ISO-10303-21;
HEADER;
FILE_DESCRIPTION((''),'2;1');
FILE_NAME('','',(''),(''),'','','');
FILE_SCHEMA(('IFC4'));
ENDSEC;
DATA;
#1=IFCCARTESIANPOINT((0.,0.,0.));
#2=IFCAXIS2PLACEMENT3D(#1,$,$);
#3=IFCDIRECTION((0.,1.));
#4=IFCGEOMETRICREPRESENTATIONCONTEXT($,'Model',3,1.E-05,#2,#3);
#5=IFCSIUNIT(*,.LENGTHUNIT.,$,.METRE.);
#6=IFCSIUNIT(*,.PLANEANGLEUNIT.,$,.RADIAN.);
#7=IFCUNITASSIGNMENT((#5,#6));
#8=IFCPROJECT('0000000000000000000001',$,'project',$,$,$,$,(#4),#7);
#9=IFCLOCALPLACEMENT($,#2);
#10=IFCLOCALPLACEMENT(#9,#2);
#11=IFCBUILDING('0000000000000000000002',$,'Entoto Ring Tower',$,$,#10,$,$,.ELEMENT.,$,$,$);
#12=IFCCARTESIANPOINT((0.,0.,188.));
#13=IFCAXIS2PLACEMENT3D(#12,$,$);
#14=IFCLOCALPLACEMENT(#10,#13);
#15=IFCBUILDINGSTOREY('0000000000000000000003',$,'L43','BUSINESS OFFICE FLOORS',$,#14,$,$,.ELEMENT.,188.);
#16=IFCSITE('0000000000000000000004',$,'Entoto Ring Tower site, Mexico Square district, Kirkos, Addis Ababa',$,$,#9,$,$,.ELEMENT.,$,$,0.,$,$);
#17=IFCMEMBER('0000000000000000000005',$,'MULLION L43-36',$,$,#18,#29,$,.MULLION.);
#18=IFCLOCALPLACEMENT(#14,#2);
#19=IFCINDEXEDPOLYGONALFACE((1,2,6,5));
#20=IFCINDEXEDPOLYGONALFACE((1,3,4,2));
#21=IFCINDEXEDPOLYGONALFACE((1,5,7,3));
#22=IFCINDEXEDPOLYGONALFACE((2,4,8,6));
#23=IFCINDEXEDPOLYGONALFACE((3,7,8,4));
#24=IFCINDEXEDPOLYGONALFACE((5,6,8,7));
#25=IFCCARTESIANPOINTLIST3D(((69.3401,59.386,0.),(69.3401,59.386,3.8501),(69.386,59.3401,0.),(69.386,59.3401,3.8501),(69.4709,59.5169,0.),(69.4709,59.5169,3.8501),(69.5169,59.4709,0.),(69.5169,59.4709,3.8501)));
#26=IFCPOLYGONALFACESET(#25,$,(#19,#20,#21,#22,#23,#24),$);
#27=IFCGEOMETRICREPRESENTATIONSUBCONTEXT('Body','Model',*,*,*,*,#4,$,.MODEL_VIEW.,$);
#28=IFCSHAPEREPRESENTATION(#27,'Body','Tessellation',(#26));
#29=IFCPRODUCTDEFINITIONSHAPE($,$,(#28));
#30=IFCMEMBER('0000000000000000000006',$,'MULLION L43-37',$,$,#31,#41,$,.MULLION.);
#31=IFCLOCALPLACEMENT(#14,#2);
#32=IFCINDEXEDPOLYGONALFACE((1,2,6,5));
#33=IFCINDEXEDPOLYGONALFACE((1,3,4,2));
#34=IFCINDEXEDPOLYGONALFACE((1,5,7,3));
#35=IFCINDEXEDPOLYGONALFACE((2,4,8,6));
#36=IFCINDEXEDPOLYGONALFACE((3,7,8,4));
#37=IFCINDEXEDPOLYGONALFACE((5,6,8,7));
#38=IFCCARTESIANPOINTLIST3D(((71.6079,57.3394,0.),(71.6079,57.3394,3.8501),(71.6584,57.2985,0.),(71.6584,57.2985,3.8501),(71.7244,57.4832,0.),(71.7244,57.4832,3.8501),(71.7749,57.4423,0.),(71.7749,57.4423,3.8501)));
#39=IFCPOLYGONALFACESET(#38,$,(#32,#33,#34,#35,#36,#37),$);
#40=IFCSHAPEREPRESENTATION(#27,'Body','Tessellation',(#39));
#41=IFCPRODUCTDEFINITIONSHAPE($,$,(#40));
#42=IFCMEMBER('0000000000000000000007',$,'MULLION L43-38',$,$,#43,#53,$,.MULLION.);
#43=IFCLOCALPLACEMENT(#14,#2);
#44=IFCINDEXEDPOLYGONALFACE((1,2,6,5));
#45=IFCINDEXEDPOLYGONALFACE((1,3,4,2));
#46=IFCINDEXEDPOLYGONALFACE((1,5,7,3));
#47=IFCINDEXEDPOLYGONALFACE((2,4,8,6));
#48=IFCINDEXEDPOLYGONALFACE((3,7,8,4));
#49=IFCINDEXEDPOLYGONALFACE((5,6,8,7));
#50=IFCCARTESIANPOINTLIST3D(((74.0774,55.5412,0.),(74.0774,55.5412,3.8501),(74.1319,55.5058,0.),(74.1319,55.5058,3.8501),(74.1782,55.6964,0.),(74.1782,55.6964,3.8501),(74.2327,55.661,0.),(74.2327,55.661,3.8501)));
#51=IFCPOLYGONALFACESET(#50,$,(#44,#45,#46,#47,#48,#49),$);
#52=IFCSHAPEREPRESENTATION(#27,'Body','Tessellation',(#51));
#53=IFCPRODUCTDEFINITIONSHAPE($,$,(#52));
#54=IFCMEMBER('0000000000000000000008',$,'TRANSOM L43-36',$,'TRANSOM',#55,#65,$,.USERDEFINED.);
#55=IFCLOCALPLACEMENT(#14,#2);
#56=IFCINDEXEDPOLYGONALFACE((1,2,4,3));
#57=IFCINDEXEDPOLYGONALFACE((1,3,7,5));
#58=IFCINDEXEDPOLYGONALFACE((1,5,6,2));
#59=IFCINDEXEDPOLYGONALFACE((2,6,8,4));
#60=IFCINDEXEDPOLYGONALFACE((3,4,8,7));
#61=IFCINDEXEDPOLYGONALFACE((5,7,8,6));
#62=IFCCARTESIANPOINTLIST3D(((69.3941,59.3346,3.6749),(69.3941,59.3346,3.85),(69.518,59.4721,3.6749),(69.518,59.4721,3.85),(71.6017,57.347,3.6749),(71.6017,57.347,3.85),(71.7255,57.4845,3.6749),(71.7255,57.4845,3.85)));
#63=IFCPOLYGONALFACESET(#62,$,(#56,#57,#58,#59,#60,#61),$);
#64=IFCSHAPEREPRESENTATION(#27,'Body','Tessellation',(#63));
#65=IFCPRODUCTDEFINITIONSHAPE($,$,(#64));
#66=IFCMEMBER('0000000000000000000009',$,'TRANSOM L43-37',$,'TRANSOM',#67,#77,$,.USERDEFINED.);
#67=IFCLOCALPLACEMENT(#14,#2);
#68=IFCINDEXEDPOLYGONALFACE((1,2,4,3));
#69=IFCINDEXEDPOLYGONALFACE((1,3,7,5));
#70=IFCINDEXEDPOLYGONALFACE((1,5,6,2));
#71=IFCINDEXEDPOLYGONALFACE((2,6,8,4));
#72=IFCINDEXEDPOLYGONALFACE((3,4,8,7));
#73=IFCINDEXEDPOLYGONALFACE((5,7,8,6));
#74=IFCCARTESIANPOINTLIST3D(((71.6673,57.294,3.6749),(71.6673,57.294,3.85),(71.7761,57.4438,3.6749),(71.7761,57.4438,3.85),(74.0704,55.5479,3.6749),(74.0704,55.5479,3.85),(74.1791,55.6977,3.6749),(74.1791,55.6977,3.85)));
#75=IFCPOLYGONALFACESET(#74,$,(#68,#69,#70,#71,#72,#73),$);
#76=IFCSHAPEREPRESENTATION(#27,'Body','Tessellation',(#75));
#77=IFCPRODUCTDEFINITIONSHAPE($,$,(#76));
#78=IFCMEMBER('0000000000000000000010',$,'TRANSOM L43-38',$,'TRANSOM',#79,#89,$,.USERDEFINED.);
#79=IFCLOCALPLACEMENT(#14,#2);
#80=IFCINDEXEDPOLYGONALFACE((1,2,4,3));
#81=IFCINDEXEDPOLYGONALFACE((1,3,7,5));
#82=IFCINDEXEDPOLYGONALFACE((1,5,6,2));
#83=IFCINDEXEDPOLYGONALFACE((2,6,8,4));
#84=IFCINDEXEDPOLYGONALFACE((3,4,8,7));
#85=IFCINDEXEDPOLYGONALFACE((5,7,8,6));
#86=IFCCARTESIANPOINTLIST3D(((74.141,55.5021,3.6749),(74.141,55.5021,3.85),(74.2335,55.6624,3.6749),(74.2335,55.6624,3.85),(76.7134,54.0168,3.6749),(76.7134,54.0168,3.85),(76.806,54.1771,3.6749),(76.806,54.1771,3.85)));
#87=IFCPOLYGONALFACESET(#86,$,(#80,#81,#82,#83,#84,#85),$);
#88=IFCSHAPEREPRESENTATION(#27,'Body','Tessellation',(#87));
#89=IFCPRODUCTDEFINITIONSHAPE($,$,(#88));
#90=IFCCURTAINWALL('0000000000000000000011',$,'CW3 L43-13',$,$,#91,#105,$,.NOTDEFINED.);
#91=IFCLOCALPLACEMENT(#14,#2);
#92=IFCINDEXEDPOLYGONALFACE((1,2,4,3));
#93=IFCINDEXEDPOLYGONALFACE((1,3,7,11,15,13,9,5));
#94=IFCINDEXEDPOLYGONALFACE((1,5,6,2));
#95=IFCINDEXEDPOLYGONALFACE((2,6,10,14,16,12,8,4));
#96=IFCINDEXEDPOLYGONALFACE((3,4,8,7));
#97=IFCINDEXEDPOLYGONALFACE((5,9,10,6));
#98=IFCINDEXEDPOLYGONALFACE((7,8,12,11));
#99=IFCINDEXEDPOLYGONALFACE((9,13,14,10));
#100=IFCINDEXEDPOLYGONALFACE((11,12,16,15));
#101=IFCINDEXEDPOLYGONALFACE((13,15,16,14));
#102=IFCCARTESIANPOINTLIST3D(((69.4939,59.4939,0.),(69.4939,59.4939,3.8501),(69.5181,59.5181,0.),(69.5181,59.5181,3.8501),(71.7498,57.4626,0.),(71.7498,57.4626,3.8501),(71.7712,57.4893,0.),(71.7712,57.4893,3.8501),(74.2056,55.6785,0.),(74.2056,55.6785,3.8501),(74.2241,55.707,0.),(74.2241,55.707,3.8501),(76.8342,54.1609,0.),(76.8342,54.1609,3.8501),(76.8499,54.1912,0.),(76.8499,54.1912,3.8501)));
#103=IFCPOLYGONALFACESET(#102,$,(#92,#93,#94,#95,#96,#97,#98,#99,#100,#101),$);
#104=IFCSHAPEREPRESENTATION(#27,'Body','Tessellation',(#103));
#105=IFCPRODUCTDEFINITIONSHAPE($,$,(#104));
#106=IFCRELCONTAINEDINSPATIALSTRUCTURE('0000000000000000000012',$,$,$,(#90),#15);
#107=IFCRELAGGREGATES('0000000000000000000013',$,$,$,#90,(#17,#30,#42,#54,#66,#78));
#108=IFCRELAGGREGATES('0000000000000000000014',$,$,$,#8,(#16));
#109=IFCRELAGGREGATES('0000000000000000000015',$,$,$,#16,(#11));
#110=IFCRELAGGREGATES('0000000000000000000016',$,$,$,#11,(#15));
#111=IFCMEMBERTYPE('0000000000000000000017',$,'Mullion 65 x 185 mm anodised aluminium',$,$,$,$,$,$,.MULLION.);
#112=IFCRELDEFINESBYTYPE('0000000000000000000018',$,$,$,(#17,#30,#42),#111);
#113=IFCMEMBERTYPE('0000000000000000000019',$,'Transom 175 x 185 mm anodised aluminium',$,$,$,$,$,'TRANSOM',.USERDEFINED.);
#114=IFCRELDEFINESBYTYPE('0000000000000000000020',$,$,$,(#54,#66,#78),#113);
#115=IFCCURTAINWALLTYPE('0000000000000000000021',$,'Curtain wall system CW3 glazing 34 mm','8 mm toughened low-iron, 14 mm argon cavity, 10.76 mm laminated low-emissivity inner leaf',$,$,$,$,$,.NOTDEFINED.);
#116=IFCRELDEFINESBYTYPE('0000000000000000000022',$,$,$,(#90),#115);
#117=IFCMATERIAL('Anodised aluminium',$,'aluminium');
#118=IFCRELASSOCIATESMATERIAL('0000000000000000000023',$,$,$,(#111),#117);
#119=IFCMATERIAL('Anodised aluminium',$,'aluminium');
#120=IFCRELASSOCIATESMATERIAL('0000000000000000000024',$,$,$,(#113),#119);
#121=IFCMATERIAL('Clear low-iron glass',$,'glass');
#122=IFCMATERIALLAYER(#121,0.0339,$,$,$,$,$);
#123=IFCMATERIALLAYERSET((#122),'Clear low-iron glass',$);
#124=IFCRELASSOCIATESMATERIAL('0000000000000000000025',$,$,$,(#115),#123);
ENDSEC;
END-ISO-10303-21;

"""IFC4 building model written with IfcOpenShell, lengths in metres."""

from ifc_helpers import new_model, si_unit, direction, frame, origin, origin_2d, place, context, subcontext, project, spatial, polyline, rectangle, outline, extrude, material, layer, layer_set, material_profile, profile_set, type_object, element, aggregate, save


model = new_model("IFC4")

# Units and contexts
model_context = context("Model", 3, precision=1e-05, world=origin(), true_north=direction((0.0, 1.0)))
body_context = subcontext(model_context, "Body", "Model", "MODEL_VIEW")
ifc_project = project(units=[si_unit("LENGTHUNIT", "METRE"), si_unit("PLANEANGLEUNIT", "RADIAN")], contexts=[model_context])

# Members
ifc_material_1 = material(Name="Anodised aluminium", Category="aluminium")
ifc_material_profile_1 = material_profile(ifc_material_1, rectangle(XDim=0.0649, YDim=0.1851, at=origin_2d()), Name="Mullion 65 x 185 mm anodised aluminium")
ifc_profile_set_1 = profile_set([ifc_material_profile_1], Name="Anodised aluminium")
member_type_1 = type_object("IfcMemberType", Name="Mullion 65 x 185 mm anodised aluminium", PredefinedType="MULLION", material=ifc_profile_set_1)
site_placement = place(None, origin())
building_placement = place(site_placement, origin())
storey_placement = place(building_placement, frame((0.0, 0.0, 188.0)))
member_1_placement = place(storey_placement, frame((69.4285, 59.4285, 0.0), z_axis=(0.0, 0.0, 1.0), x_axis=(0.707107, -0.707107, 0.0)))
member_1 = element("IfcMember", 1, at=member_1_placement, type_object=member_type_1, Name="MULLION L43-36", PredefinedType="MULLION", context=body_context, shape_type="SweptSolid", body=[
    extrude(rectangle(XDim=0.0649, YDim=0.1851, at=origin_2d()), origin(), (0.0, 0.0, 1.0), 3.8501),
])
member_2_placement = place(storey_placement, frame((71.6914, 57.3909, 0.0), z_axis=(0.0, 0.0, 1.0), x_axis=(0.777146, -0.62932, 0.0)))
member_2 = element("IfcMember", 2, at=member_2_placement, type_object=member_type_1, Name="MULLION L43-37", PredefinedType="MULLION", context=body_context, shape_type="SweptSolid", body=[
    extrude(rectangle(XDim=0.0649, YDim=0.1851, at=origin_2d()), origin(), (0.0, 0.0, 1.0), 3.8501),
])
member_3_placement = place(storey_placement, frame((74.155, 55.6011, 0.0), z_axis=(0.0, 0.0, 1.0), x_axis=(0.838671, -0.544639, 0.0)))
member_3 = element("IfcMember", 3, at=member_3_placement, type_object=member_type_1, Name="MULLION L43-38", PredefinedType="MULLION", context=body_context, shape_type="SweptSolid", body=[
    extrude(rectangle(XDim=0.0649, YDim=0.1851, at=origin_2d()), origin(), (0.0, 0.0, 1.0), 3.8501),
])
ifc_material_2 = material(Name="Anodised aluminium", Category="aluminium")
ifc_material_profile_2 = material_profile(ifc_material_2, rectangle(XDim=0.1851, YDim=0.175, at=origin_2d()), Name="Transom 175 x 185 mm anodised aluminium")
ifc_profile_set_2 = profile_set([ifc_material_profile_2], Name="Anodised aluminium")
member_type_2 = type_object("IfcMemberType", Name="Transom 175 x 185 mm anodised aluminium", ElementType="TRANSOM", PredefinedType="USERDEFINED", material=ifc_profile_set_2)
member_4_placement = place(storey_placement, frame((69.4561, 59.4033, 3.7625), z_axis=(0.743163, -0.66911, 0.0), x_axis=(0.66911, 0.743163, 0.0)))
member_4 = element("IfcMember", 4, at=member_4_placement, type_object=member_type_2, Name="TRANSOM L43-36", ObjectType="TRANSOM", PredefinedType="USERDEFINED", context=body_context, shape_type="SweptSolid", body=[
    extrude(rectangle(XDim=0.1851, YDim=0.175, at=origin_2d()), origin(), (0.0, 0.0, 1.0), 2.9705),
])
member_5_placement = place(storey_placement, frame((71.7217, 57.3689, 3.7625), z_axis=(0.808992, -0.58782, 0.0), x_axis=(0.58782, 0.808992, 0.0)))
member_5 = element("IfcMember", 5, at=member_5_placement, type_object=member_type_2, Name="TRANSOM L43-37", ObjectType="TRANSOM", PredefinedType="USERDEFINED", context=body_context, shape_type="SweptSolid", body=[
    extrude(rectangle(XDim=0.1851, YDim=0.175, at=origin_2d()), origin(), (0.0, 0.0, 1.0), 2.9705),
])
member_6_placement = place(storey_placement, frame((74.1873, 55.5823, 3.7625), z_axis=(0.866009, -0.500028, 0.0), x_axis=(0.500028, 0.866009, 0.0)))
member_6 = element("IfcMember", 6, at=member_6_placement, type_object=member_type_2, Name="TRANSOM L43-38", ObjectType="TRANSOM", PredefinedType="USERDEFINED", context=body_context, shape_type="SweptSolid", body=[
    extrude(rectangle(XDim=0.1851, YDim=0.175, at=origin_2d()), origin(), (0.0, 0.0, 1.0), 2.9705),
])

# Site, building, storey
site = spatial("IfcSite", under=ifc_project, at=site_placement, Name="Entoto Ring Tower site, Mexico Square district, Kirkos, Addis Ababa", CompositionType="ELEMENT", RefElevation=0.0)
building = spatial("IfcBuilding", under=site, at=building_placement, Name="Entoto Ring Tower", CompositionType="ELEMENT")
storey = spatial("IfcBuildingStorey", under=building, at=storey_placement, Name="L43", Description="BUSINESS OFFICE FLOORS", CompositionType="ELEMENT", Elevation=188.0)

# Curtain wall
ifc_material_3 = material(Name="Clear low-iron glass", Category="glass")
ifc_layer = layer(ifc_material_3, 0.0339)
ifc_layer_set = layer_set([ifc_layer], Name="Clear low-iron glass")
curtain_wall_type = type_object("IfcCurtainWallType", Name="Curtain wall system CW3 glazing 34 mm", Description="8 mm toughened low-iron, 14 mm argon cavity, 10.76 mm laminated low-emissivity inner leaf", PredefinedType="NOTDEFINED", material=ifc_layer_set)
curtain_wall_1_placement = place(storey_placement, origin())
curtain_wall_1 = element("IfcCurtainWall", 7, at=curtain_wall_1_placement, inside=storey, type_object=curtain_wall_type, Name="CW3 L43-13", PredefinedType="NOTDEFINED", context=body_context, shape_type="SweptSolid", body=[
    extrude(outline(polyline([(69.4939, 59.4939), (71.7498, 57.4626), (74.2056, 55.6785), (76.8342, 54.1609), (76.8499, 54.1912), (74.2241, 55.707), (71.7712, 57.4893), (69.5181, 59.5181), (69.4939, 59.4939)])), origin(), (0.0, 0.0, 1.0), 3.8501),
])
aggregate(curtain_wall_1, [member_1, member_2, member_3, member_4, member_5, member_6])

save(model, "model.ifc")
